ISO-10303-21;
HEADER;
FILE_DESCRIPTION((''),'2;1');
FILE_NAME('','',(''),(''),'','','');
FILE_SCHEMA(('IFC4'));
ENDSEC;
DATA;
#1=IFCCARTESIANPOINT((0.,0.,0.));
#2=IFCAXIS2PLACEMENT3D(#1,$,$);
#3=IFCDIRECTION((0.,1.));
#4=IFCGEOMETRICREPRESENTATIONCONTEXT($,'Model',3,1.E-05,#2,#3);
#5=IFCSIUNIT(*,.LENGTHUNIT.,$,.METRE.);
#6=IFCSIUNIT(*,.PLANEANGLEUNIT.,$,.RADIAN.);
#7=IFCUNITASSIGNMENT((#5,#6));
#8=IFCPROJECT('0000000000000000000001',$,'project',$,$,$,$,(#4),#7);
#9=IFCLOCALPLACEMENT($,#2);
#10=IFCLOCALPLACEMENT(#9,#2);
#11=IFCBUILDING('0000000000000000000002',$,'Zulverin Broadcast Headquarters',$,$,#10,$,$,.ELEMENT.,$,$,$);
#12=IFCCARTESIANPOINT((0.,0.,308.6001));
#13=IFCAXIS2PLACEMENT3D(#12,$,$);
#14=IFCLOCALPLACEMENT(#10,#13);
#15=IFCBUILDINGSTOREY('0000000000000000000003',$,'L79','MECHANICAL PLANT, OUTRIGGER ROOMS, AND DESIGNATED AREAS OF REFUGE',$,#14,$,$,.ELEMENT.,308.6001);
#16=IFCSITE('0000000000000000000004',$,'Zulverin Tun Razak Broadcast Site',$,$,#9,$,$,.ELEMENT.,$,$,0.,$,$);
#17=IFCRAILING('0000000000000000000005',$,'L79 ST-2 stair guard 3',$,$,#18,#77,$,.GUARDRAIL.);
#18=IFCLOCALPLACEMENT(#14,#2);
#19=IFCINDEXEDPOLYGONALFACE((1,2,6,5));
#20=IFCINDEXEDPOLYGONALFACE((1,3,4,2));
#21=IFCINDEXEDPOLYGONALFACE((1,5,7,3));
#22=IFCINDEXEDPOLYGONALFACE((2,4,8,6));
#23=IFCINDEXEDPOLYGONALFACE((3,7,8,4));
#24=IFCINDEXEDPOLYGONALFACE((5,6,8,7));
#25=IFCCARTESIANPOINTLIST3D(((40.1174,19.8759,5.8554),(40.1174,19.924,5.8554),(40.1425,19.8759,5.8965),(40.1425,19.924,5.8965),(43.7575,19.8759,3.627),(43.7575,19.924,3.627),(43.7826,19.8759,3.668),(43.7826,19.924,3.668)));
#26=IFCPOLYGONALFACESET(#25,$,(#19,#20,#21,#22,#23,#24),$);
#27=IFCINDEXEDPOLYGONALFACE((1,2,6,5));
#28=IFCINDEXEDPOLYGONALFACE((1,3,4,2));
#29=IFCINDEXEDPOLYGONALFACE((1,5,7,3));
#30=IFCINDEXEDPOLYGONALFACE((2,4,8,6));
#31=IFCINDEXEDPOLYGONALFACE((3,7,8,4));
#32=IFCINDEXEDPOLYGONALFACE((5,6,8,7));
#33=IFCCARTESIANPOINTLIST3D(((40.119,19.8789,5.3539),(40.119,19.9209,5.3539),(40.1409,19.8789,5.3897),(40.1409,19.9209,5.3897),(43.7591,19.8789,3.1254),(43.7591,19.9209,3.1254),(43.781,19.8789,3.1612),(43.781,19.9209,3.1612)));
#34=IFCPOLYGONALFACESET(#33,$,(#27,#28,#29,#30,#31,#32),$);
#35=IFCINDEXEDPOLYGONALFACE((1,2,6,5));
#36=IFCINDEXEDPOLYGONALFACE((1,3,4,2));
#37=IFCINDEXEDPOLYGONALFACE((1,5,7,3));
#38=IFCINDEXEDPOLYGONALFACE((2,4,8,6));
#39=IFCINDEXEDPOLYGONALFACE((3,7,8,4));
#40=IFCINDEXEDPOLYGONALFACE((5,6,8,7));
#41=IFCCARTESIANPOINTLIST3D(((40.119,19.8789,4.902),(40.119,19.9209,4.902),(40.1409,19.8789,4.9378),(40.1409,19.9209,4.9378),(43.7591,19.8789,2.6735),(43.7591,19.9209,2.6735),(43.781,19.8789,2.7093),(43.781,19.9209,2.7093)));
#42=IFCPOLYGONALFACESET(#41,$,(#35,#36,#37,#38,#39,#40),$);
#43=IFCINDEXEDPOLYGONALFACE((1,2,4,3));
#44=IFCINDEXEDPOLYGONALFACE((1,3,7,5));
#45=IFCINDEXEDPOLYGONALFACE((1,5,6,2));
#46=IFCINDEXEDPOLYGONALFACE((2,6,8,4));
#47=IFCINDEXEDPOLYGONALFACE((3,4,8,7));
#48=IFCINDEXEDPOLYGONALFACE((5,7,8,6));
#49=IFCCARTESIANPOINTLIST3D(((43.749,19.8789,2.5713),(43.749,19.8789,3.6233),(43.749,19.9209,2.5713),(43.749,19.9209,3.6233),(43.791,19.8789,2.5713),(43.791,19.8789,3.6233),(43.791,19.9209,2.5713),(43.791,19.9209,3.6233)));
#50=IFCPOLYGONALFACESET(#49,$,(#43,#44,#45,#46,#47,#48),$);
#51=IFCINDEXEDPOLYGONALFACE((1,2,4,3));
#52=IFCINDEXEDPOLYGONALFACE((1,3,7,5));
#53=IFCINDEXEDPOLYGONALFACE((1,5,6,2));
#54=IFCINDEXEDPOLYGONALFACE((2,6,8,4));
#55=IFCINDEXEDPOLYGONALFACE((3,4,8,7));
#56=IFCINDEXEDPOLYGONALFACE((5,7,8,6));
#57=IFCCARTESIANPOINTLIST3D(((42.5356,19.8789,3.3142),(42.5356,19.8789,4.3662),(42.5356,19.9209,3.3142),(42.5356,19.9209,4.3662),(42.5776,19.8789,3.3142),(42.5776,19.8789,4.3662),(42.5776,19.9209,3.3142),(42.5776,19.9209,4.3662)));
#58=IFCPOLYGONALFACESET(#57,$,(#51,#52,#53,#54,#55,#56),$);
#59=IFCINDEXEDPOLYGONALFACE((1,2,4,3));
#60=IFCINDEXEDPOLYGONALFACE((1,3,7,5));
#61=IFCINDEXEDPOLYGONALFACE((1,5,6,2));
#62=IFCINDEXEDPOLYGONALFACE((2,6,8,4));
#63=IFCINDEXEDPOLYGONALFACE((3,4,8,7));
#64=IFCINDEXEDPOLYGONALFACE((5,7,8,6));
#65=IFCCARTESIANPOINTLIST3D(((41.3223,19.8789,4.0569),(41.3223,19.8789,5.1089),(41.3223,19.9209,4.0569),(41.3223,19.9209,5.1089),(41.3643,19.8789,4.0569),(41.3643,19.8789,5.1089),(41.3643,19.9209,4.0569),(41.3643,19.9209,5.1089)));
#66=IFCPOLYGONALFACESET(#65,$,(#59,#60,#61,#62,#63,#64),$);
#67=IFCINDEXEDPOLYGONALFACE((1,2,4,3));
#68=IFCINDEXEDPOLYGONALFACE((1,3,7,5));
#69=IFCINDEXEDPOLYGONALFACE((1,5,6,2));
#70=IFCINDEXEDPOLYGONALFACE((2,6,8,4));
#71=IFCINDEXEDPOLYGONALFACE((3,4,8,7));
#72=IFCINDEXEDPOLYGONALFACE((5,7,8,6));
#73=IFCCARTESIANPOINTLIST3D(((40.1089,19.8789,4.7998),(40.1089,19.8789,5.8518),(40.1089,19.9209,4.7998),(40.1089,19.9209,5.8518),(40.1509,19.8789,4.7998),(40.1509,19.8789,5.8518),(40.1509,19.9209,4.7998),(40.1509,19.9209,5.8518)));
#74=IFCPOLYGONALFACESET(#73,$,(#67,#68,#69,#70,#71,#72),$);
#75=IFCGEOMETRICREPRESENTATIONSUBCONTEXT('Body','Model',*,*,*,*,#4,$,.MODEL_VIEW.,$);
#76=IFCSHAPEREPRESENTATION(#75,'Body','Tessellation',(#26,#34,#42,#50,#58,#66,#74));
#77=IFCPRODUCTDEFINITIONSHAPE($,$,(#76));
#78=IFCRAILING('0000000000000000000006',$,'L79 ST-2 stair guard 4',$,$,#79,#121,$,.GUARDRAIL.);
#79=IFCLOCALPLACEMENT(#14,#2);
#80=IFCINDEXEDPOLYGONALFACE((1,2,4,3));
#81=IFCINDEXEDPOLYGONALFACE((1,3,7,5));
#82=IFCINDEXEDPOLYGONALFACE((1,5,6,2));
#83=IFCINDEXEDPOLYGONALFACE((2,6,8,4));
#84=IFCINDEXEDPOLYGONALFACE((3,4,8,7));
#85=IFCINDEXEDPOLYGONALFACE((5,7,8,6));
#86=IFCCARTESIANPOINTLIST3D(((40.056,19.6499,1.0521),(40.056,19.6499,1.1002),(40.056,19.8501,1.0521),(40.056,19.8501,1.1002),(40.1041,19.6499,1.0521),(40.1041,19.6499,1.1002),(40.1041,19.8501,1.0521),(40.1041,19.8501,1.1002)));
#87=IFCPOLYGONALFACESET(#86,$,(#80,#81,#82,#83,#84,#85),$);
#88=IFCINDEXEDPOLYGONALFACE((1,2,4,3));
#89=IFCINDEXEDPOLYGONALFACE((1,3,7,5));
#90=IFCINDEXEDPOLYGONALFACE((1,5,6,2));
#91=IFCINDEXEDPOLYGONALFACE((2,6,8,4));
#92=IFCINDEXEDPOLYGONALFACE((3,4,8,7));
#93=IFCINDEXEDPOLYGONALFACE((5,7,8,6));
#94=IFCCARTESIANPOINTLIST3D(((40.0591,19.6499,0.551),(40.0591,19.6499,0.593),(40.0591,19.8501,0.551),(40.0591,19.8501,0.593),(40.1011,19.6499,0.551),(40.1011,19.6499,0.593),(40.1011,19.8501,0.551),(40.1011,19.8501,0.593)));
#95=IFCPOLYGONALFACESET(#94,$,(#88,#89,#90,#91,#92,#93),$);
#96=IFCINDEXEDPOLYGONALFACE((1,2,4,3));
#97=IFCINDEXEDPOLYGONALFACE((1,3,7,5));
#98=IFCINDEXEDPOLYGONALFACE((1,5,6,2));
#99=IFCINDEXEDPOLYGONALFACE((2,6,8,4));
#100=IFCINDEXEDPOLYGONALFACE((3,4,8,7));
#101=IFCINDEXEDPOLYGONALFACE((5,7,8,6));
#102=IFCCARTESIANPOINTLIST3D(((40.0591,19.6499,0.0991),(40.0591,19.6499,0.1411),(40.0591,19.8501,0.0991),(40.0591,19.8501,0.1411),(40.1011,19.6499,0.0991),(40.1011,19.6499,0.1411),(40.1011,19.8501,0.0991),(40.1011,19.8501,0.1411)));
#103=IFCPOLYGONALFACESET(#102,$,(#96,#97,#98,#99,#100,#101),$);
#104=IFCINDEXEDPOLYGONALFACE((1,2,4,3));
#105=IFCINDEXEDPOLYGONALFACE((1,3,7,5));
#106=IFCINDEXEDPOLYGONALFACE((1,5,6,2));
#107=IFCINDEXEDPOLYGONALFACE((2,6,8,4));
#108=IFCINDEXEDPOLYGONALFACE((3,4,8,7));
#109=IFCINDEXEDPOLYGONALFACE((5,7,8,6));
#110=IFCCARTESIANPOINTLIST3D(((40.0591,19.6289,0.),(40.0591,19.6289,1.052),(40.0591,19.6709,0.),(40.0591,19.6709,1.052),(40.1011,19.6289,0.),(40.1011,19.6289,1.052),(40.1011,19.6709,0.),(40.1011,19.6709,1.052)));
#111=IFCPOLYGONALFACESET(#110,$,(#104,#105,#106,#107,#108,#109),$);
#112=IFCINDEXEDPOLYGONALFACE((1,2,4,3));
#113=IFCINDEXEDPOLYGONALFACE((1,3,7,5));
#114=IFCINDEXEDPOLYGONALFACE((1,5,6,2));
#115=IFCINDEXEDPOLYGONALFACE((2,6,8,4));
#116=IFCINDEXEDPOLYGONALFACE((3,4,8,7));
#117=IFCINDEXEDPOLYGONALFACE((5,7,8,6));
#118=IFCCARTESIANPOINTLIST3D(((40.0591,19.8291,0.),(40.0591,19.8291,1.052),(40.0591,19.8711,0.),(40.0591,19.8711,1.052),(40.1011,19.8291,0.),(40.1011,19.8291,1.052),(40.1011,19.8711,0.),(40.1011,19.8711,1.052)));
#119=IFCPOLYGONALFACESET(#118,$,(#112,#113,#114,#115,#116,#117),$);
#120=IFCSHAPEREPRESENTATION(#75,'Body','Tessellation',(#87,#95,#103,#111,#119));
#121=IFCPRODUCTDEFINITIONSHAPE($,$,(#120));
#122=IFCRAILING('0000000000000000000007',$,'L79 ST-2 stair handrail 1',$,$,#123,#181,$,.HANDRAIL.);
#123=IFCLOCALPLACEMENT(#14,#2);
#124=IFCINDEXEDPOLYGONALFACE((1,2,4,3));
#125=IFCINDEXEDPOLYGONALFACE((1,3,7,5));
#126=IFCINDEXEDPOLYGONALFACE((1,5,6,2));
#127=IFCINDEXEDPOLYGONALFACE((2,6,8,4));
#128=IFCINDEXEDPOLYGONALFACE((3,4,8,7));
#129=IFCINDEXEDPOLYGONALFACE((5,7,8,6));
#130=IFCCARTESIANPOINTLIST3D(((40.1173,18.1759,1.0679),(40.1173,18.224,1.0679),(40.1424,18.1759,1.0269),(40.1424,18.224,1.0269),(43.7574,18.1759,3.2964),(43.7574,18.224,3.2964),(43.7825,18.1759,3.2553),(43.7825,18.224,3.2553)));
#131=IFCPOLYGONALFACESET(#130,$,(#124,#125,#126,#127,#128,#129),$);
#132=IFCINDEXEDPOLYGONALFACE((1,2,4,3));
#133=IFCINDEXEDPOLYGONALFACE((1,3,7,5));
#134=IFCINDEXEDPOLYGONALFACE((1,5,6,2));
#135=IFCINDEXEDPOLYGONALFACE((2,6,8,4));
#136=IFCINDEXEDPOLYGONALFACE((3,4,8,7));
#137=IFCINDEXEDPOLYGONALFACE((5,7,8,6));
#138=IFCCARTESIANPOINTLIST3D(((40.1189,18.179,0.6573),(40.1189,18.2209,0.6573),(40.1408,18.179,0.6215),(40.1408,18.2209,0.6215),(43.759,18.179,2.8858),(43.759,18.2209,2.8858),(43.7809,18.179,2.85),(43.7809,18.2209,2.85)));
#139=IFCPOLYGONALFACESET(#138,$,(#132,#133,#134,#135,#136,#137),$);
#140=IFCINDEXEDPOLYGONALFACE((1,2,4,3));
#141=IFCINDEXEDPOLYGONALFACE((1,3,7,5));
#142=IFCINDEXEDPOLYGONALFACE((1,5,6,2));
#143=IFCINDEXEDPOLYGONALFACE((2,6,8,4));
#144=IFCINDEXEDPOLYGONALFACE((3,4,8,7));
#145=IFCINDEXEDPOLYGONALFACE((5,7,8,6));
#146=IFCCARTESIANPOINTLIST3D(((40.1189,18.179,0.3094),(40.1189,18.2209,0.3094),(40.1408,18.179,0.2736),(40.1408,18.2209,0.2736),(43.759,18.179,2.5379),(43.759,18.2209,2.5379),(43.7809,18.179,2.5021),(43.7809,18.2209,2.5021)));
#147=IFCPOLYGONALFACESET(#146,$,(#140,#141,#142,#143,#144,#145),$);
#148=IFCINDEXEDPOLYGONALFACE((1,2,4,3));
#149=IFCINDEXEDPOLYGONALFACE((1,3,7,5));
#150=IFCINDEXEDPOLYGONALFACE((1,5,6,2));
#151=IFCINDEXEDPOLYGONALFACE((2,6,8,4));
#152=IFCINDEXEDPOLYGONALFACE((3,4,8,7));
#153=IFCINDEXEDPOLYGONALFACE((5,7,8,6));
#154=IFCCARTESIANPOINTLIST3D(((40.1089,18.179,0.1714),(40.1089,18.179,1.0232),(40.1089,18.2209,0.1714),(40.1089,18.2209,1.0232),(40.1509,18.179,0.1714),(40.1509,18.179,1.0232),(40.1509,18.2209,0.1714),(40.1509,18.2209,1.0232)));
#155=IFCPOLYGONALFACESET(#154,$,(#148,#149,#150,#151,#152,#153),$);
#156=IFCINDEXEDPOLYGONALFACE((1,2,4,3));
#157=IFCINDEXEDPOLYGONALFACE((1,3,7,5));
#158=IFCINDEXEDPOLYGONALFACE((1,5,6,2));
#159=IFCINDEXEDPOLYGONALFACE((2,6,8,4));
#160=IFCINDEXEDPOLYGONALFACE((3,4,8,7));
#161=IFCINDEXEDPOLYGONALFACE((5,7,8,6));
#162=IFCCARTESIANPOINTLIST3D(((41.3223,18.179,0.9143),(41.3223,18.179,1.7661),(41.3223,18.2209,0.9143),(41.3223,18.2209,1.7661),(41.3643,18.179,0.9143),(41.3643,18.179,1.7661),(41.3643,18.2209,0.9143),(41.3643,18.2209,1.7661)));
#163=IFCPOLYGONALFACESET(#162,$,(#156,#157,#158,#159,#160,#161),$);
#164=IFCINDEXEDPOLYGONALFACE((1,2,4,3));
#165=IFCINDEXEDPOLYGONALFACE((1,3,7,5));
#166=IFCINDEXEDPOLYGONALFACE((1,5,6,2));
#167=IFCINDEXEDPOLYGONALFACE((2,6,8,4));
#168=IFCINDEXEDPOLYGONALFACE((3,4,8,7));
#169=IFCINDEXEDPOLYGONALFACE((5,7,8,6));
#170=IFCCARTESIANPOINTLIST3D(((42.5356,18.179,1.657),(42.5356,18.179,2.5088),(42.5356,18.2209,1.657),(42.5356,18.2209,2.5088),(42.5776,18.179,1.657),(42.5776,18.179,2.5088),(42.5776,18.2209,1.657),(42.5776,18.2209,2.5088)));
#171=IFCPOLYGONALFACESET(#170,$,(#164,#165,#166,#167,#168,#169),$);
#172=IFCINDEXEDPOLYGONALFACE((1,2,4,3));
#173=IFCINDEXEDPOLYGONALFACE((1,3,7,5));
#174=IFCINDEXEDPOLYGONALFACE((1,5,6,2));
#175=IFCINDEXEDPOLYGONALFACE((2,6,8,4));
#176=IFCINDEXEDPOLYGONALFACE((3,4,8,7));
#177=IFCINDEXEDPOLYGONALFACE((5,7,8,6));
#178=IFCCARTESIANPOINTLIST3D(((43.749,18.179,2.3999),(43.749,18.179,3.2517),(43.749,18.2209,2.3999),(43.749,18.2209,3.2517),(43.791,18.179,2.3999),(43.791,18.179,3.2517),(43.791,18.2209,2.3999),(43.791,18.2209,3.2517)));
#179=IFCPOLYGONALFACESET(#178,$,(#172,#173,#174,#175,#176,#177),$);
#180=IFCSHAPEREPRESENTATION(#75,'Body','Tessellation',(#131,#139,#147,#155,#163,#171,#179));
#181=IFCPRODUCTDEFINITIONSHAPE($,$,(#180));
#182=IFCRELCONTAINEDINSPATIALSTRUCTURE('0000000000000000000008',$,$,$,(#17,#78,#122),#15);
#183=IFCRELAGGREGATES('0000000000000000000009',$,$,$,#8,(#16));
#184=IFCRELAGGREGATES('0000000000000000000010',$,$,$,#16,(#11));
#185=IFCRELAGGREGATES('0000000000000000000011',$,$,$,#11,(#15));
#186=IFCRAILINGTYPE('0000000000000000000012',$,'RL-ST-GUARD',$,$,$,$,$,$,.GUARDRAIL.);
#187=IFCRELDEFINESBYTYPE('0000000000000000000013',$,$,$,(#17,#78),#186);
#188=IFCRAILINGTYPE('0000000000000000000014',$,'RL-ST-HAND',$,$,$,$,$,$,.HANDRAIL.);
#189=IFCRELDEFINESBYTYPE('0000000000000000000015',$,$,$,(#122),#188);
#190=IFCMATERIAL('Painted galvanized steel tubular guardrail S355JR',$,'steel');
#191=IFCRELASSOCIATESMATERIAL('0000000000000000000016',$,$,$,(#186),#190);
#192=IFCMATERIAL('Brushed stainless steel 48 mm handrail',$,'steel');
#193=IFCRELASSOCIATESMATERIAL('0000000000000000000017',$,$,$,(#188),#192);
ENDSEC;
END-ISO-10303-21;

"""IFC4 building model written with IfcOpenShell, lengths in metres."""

from ifc_helpers import new_model, si_unit, direction, frame, origin, origin_2d, place, context, subcontext, project, spatial, rectangle, extrude, material, type_object, element, save


model = new_model("IFC4")

# Units and contexts
model_context = context("Model", 3, precision=1e-05, world=origin(), true_north=direction((0.0, 1.0)))
body_context = subcontext(model_context, "Body", "Model", "MODEL_VIEW")
ifc_project = project(units=[si_unit("LENGTHUNIT", "METRE"), si_unit("PLANEANGLEUNIT", "RADIAN")], contexts=[model_context])

# Site, building, storey
site_placement = place(None, origin())
site = spatial("IfcSite", under=ifc_project, at=site_placement, Name="Zulverin Tun Razak Broadcast Site", CompositionType="ELEMENT", RefElevation=0.0)
building_placement = place(site_placement, origin())
building = spatial("IfcBuilding", under=site, at=building_placement, Name="Zulverin Broadcast Headquarters", CompositionType="ELEMENT")
storey_placement = place(building_placement, frame((0.0, 0.0, 308.6001)))
storey = spatial("IfcBuildingStorey", under=building, at=storey_placement, Name="L79", Description="MECHANICAL PLANT, OUTRIGGER ROOMS, AND DESIGNATED AREAS OF REFUGE", CompositionType="ELEMENT", Elevation=308.6001)

# Railings
ifc_material_1 = material(Name="Painted galvanized steel tubular guardrail S355JR", Category="steel")
railing_type_1 = type_object("IfcRailingType", Name="RL-ST-GUARD", PredefinedType="GUARDRAIL", material=ifc_material_1)
railing_1_placement = place(storey_placement, frame((43.77, 19.8999, 2.5713)))
element("IfcRailing", 1, at=railing_1_placement, inside=storey, type_object=railing_type_1, Name="L79 ST-2 stair guard 3", PredefinedType="GUARDRAIL", context=body_context, shape_type="SweptSolid", body=[
    extrude(rectangle(XDim=0.0481, YDim=0.0481, at=origin_2d()), frame((0.0, 0.0, 1.0762), z_axis=(-0.852866, 0.0, 0.52213), x_axis=(0.0, -1.0, 0.0)), (0.0, 0.0, 1.0), 4.2681),
    extrude(rectangle(XDim=0.042, YDim=0.042, at=origin_2d()), frame((0.0, 0.0, 0.572), z_axis=(-0.852866, 0.0, 0.52213), x_axis=(0.0, -1.0, 0.0)), (0.0, 0.0, 1.0), 4.2681),
    extrude(rectangle(XDim=0.042, YDim=0.042, at=origin_2d()), frame((0.0, 0.0, 0.1201), z_axis=(-0.852866, 0.0, 0.52213), x_axis=(0.0, -1.0, 0.0)), (0.0, 0.0, 1.0), 4.2681),
    extrude(rectangle(XDim=0.042, YDim=0.042, at=origin_2d()), origin(), (0.0, 0.0, 1.0), 1.052),
    extrude(rectangle(XDim=0.042, YDim=0.042, at=origin_2d()), frame((-1.2134, 0.0, 0.7429)), (0.0, 0.0, 1.0), 1.052),
    extrude(rectangle(XDim=0.042, YDim=0.042, at=origin_2d()), frame((-2.4268, 0.0, 1.4856)), (0.0, 0.0, 1.0), 1.052),
    extrude(rectangle(XDim=0.042, YDim=0.042, at=origin_2d()), frame((-3.6401, 0.0, 2.2285)), (0.0, 0.0, 1.0), 1.052),
])
railing_2_placement = place(storey_placement, frame((40.0801, 19.6499, 0.0)))
element("IfcRailing", 2, at=railing_2_placement, inside=storey, type_object=railing_type_1, Name="L79 ST-2 stair guard 4", PredefinedType="GUARDRAIL", context=body_context, shape_type="SweptSolid", body=[
    extrude(rectangle(XDim=0.0481, YDim=0.0481, at=origin_2d()), frame((0.0, 0.0, 1.0762), z_axis=(0.0, 1.0, 0.0), x_axis=(-1.0, 0.0, 0.0)), (0.0, 0.0, 1.0), 0.2002),
    extrude(rectangle(XDim=0.042, YDim=0.042, at=origin_2d()), frame((0.0, 0.0, 0.572), z_axis=(0.0, 1.0, 0.0), x_axis=(-1.0, 0.0, 0.0)), (0.0, 0.0, 1.0), 0.2002),
    extrude(rectangle(XDim=0.042, YDim=0.042, at=origin_2d()), frame((0.0, 0.0, 0.1201), z_axis=(0.0, 1.0, 0.0), x_axis=(-1.0, 0.0, 0.0)), (0.0, 0.0, 1.0), 0.2002),
    extrude(rectangle(XDim=0.042, YDim=0.042, at=origin_2d()), origin(), (0.0, 0.0, 1.0), 1.052),
    extrude(rectangle(XDim=0.042, YDim=0.042, at=origin_2d()), frame((0.0, 0.2002, 0.0)), (0.0, 0.0, 1.0), 1.052),
])
ifc_material_2 = material(Name="Brushed stainless steel 48 mm handrail", Category="steel")
railing_type_2 = type_object("IfcRailingType", Name="RL-ST-HAND", PredefinedType="HANDRAIL", material=ifc_material_2)
railing_3_placement = place(storey_placement, frame((40.1299, 18.2, 0.1714)))
element("IfcRailing", 3, at=railing_3_placement, inside=storey, type_object=railing_type_2, Name="L79 ST-2 stair handrail 1", PredefinedType="HANDRAIL", context=body_context, shape_type="SweptSolid", body=[
    extrude(rectangle(XDim=0.0481, YDim=0.0481, at=origin_2d()), frame((0.0, 0.0, 0.876), z_axis=(0.852866, 0.0, 0.52213), x_axis=(0.0, 1.0, 0.0)), (0.0, 0.0, 1.0), 4.2681),
    extrude(rectangle(XDim=0.042, YDim=0.042, at=origin_2d()), frame((0.0, 0.0, 0.468), z_axis=(0.852866, 0.0, 0.52213), x_axis=(0.0, 1.0, 0.0)), (0.0, 0.0, 1.0), 4.2681),
    extrude(rectangle(XDim=0.042, YDim=0.042, at=origin_2d()), frame((0.0, 0.0, 0.1201), z_axis=(0.852866, 0.0, 0.52213), x_axis=(0.0, 1.0, 0.0)), (0.0, 0.0, 1.0), 4.2681),
    extrude(rectangle(XDim=0.042, YDim=0.042, at=origin_2d()), origin(), (0.0, 0.0, 1.0), 0.8518),
    extrude(rectangle(XDim=0.042, YDim=0.042, at=origin_2d()), frame((1.2134, 0.0, 0.7429)), (0.0, 0.0, 1.0), 0.8518),
    extrude(rectangle(XDim=0.042, YDim=0.042, at=origin_2d()), frame((2.4268, 0.0, 1.4856)), (0.0, 0.0, 1.0), 0.8518),
    extrude(rectangle(XDim=0.042, YDim=0.042, at=origin_2d()), frame((3.6401, 0.0, 2.2285)), (0.0, 0.0, 1.0), 0.8518),
])

save(model, "model.ifc")
